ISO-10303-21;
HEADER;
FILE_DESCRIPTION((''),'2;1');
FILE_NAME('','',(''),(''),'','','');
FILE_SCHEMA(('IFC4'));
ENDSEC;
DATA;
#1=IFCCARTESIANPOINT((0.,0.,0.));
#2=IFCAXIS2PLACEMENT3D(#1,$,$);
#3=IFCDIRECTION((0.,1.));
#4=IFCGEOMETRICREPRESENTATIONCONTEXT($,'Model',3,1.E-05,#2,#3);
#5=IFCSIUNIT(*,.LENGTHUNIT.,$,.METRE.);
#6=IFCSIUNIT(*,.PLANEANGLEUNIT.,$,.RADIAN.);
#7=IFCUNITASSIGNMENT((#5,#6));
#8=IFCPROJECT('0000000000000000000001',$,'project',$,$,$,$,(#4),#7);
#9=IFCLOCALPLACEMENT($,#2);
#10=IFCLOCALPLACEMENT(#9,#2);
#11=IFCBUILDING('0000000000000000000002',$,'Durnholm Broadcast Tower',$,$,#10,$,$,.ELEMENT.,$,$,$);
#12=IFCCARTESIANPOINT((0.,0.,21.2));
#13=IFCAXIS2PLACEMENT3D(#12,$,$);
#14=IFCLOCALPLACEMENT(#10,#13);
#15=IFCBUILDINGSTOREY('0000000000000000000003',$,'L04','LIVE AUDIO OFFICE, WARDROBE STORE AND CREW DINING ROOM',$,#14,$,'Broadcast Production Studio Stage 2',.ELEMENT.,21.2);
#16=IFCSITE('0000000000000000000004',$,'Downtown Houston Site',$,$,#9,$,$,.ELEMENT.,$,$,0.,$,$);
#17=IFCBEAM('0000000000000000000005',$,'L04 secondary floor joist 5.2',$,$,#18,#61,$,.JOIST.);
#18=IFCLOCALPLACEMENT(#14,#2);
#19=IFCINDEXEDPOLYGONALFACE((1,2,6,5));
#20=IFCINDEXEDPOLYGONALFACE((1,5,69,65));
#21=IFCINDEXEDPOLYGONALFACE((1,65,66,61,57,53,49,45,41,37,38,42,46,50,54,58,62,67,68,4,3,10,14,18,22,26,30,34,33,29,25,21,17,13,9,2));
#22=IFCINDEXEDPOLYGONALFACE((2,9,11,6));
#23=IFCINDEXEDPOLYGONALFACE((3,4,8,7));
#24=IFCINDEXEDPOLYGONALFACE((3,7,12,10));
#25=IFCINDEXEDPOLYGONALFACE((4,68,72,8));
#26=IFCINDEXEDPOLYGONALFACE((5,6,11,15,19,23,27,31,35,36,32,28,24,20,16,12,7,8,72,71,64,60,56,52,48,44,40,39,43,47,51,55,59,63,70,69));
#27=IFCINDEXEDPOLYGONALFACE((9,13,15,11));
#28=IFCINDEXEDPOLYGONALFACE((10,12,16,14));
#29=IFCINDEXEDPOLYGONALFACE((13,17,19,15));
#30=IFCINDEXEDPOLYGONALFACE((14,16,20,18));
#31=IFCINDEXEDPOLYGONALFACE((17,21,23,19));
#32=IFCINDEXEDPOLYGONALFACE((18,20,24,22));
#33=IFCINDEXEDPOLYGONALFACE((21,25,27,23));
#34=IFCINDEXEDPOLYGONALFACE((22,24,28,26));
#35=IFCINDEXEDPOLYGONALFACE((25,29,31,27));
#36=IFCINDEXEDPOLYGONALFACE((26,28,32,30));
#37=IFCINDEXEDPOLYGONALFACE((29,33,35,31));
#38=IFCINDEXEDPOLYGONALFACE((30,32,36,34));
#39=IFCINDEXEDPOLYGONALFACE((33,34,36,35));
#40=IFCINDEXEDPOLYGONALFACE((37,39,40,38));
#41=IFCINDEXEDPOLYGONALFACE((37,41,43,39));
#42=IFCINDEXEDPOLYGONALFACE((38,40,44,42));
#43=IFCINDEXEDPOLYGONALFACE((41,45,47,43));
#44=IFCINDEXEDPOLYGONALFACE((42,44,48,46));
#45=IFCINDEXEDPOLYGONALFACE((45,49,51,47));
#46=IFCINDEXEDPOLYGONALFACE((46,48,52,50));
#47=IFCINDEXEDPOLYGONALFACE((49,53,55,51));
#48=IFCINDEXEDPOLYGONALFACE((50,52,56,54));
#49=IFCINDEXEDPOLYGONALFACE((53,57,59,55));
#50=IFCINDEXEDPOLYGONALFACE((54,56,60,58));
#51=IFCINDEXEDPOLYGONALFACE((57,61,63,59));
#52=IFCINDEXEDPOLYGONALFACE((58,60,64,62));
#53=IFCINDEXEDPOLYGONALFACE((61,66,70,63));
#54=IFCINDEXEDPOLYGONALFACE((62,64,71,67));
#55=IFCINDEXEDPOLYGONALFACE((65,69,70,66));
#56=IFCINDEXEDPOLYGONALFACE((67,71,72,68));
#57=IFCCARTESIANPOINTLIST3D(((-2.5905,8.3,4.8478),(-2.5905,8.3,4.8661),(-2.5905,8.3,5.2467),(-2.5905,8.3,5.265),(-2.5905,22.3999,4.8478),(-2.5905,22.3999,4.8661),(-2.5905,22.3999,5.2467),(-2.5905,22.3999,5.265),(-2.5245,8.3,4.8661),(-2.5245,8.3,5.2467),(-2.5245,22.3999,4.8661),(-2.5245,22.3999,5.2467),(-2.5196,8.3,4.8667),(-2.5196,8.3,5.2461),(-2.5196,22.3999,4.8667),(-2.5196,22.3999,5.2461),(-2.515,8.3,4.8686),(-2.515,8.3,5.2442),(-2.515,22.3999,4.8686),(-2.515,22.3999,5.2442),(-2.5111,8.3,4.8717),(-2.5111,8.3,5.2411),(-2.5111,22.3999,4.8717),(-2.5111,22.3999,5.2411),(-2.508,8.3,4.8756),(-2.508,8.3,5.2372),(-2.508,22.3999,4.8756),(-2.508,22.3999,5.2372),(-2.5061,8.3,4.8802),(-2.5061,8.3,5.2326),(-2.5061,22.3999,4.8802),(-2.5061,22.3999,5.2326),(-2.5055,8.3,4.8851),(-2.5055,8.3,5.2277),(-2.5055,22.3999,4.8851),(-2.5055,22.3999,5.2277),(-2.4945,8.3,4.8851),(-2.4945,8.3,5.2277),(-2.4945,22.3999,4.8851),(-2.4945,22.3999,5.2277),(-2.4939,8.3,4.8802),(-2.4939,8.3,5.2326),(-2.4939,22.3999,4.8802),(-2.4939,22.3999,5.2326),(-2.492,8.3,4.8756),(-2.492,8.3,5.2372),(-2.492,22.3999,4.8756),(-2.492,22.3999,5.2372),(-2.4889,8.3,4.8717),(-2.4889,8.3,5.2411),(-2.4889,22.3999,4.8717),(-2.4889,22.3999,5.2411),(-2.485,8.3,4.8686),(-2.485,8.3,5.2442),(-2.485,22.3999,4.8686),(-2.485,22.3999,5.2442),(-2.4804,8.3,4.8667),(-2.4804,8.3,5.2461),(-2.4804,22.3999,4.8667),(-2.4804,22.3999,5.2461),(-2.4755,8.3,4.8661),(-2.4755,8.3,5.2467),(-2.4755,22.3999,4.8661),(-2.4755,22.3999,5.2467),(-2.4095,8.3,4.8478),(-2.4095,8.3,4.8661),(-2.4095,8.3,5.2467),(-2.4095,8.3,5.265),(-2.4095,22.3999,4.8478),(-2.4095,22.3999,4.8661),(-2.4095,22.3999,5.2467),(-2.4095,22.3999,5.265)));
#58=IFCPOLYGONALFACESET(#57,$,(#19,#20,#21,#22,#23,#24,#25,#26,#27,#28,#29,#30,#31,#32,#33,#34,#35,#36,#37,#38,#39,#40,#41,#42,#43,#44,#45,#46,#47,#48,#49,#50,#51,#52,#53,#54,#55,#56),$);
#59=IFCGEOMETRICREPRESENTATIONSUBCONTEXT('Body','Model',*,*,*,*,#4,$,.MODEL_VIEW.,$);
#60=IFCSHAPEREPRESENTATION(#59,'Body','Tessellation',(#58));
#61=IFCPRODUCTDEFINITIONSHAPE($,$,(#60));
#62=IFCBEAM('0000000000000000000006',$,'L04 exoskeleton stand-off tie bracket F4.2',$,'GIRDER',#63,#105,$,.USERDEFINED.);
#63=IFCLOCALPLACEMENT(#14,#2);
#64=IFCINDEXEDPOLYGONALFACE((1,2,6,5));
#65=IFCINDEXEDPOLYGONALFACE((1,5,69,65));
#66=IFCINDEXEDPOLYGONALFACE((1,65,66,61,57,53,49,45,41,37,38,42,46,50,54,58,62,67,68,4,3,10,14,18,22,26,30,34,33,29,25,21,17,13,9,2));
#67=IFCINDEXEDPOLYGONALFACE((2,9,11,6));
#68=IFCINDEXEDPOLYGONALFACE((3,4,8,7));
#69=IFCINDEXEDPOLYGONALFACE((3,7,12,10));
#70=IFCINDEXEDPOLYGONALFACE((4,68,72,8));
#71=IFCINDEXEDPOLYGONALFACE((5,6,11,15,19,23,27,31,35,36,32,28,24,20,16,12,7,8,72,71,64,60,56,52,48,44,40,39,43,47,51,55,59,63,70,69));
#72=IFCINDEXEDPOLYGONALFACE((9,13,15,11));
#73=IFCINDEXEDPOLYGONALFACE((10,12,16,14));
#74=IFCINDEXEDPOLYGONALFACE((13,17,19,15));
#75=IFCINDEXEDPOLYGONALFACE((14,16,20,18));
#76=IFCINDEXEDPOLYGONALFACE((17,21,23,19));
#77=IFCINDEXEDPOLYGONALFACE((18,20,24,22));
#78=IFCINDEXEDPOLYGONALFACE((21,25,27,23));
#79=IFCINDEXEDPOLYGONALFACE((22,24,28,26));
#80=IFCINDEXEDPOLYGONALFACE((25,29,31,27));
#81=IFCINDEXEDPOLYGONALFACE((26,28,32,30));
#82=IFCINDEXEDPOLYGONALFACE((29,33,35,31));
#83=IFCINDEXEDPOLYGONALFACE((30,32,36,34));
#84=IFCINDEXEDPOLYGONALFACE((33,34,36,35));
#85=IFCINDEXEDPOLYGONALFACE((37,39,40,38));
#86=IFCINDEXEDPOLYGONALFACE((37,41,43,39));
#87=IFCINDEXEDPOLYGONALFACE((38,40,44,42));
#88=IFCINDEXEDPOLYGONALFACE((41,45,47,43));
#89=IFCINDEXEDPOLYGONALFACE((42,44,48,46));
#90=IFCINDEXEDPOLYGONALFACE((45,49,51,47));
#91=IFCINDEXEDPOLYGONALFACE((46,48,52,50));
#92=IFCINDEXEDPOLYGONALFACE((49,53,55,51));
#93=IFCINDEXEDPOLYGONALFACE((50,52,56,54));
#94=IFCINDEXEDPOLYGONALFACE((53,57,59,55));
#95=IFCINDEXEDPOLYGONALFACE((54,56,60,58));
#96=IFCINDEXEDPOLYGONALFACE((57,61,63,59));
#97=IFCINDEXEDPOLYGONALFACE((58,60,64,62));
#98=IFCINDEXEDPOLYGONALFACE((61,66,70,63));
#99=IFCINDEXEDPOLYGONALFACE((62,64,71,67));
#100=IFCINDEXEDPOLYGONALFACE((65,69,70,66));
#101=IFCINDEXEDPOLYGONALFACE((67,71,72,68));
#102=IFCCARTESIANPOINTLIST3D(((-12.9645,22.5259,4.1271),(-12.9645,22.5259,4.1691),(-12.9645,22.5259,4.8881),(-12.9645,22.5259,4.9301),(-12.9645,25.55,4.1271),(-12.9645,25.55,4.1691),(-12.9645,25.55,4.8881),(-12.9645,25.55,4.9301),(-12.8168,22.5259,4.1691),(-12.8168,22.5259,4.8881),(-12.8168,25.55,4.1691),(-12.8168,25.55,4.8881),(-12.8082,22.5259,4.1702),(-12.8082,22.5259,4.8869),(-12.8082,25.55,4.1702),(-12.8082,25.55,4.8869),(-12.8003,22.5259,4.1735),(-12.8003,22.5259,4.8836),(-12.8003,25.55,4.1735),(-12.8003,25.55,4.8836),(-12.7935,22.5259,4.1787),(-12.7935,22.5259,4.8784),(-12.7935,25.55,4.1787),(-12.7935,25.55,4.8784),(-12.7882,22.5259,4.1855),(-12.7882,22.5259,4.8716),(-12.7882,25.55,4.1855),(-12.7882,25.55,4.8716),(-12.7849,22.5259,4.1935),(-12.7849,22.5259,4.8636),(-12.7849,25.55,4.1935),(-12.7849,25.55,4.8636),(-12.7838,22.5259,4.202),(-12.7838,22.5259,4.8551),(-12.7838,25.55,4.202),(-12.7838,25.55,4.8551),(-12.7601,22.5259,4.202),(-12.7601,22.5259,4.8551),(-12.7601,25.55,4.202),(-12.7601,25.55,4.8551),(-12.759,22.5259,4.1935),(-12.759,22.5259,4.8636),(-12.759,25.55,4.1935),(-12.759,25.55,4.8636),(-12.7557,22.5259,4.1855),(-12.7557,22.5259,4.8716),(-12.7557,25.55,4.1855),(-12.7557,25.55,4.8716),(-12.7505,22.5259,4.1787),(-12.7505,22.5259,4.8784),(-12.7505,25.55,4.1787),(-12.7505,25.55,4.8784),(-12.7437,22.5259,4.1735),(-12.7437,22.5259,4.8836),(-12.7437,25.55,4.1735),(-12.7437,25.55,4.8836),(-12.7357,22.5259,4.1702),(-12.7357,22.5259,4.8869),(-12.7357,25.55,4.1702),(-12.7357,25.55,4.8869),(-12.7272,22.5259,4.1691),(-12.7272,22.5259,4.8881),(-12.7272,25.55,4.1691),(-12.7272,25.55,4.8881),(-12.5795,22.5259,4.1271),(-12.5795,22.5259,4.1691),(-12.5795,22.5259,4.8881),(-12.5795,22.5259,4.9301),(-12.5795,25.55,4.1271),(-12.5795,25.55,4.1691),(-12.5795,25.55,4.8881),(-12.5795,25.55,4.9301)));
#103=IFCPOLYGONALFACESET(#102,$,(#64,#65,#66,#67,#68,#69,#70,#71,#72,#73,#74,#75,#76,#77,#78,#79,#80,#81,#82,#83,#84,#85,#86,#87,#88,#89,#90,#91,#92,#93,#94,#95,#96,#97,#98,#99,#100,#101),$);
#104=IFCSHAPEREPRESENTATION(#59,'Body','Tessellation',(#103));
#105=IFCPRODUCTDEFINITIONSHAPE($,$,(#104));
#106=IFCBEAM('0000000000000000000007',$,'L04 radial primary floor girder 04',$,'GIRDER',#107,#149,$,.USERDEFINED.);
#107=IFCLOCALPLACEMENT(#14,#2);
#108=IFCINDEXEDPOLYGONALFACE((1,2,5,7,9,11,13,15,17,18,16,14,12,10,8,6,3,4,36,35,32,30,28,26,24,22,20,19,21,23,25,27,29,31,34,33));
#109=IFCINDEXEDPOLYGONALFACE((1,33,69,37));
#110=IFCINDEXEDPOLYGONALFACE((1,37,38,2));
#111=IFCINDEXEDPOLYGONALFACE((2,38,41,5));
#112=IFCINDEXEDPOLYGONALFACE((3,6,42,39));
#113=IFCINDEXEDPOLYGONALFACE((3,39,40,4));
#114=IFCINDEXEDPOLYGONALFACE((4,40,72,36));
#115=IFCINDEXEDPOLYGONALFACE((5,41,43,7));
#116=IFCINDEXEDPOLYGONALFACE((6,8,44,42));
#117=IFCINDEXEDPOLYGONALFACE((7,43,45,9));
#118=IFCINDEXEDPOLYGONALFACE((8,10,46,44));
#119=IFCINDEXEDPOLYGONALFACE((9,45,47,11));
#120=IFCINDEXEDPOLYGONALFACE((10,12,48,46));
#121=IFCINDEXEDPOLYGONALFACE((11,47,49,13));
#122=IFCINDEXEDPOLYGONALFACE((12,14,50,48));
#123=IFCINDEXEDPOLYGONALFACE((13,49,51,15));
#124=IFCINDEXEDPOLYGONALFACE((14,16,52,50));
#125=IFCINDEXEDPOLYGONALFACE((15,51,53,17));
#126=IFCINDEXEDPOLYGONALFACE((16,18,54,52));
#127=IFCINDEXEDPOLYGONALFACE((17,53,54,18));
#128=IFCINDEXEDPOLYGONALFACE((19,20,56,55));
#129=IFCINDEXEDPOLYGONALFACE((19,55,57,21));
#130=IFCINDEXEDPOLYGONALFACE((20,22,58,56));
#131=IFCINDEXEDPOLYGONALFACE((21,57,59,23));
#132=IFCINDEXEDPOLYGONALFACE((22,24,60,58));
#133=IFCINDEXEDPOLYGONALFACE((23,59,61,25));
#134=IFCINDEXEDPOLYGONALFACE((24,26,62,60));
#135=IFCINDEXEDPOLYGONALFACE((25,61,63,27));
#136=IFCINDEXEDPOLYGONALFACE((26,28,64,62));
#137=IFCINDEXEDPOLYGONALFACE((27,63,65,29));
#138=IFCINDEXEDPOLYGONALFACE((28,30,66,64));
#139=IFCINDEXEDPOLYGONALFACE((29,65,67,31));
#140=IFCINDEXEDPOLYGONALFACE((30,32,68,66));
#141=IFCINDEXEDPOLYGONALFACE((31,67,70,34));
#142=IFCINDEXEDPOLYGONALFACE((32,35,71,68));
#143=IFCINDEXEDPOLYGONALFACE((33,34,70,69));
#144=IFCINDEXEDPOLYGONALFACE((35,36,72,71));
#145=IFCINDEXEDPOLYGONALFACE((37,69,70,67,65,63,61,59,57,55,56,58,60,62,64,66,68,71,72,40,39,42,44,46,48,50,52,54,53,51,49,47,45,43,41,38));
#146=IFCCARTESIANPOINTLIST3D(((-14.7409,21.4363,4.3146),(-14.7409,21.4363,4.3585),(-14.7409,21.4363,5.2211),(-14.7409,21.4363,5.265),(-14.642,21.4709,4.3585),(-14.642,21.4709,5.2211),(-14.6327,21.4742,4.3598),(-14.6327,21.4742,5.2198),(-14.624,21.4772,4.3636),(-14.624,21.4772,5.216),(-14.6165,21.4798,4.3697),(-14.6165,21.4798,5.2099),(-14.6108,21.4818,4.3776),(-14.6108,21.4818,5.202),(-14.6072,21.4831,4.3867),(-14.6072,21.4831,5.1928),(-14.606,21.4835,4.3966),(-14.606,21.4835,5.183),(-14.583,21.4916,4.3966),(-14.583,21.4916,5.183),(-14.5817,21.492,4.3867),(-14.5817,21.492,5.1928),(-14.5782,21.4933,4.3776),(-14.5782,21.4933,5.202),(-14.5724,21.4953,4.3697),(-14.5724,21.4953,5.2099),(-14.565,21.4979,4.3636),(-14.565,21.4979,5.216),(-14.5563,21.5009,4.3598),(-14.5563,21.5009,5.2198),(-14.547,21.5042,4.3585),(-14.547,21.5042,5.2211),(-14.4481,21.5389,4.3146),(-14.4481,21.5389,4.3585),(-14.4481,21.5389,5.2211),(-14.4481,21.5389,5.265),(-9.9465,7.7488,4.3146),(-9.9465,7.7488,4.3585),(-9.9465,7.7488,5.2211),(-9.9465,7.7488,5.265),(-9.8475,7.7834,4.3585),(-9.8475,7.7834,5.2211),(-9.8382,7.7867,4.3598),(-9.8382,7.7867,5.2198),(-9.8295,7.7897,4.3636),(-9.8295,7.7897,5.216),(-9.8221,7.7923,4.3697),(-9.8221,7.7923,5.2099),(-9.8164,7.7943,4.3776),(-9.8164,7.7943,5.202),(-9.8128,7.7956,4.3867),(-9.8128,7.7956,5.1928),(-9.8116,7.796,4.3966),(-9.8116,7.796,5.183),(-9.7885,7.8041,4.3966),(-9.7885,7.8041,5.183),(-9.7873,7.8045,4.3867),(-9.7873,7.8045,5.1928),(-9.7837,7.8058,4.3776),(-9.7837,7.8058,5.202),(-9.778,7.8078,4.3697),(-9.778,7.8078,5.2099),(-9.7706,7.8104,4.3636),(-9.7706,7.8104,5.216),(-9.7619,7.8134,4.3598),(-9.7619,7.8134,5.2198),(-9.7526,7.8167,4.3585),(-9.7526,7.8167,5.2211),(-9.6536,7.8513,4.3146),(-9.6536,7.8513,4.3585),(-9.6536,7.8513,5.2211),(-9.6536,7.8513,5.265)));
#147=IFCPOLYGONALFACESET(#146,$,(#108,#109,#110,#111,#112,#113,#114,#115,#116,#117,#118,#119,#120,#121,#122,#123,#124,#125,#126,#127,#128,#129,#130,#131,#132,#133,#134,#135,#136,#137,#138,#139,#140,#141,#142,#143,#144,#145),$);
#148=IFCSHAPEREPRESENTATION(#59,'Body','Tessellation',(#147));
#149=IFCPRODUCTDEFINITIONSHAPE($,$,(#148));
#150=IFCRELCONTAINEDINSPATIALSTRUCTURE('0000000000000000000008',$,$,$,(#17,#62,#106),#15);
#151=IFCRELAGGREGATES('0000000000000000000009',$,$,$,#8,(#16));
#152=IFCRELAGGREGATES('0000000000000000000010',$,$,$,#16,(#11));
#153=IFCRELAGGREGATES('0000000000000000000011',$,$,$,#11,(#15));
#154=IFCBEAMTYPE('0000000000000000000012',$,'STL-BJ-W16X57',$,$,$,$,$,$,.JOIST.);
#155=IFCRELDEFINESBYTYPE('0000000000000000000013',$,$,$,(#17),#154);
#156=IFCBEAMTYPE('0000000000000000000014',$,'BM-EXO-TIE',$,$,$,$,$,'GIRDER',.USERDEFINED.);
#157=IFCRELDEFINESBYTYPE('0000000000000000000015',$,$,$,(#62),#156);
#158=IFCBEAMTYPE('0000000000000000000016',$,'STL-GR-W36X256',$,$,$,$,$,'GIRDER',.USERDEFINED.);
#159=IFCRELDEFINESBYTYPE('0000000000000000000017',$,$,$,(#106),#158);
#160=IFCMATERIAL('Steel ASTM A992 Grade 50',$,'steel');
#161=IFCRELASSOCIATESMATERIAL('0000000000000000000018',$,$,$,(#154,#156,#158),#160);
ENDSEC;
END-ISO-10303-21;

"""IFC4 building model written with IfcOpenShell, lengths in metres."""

from ifc_helpers import new_model, si_unit, direction, frame, origin, origin_2d, place, context, subcontext, project, spatial, i_section, extrude, source, transform, mapped, material, material_profile, profile_set, type_object, type_shapes, element, save


model = new_model("IFC4")

# Units and contexts
model_context = context("Model", 3, precision=1e-05, world=origin(), true_north=direction((0.0, 1.0)))
body_context = subcontext(model_context, "Body", "Model", "MODEL_VIEW")
ifc_project = project(units=[si_unit("LENGTHUNIT", "METRE"), si_unit("PLANEANGLEUNIT", "RADIAN")], contexts=[model_context])

# Site, building, storey
site_placement = place(None, origin())
site = spatial("IfcSite", under=ifc_project, at=site_placement, Name="Downtown Houston Site", CompositionType="ELEMENT", RefElevation=0.0)
building_placement = place(site_placement, origin())
building = spatial("IfcBuilding", under=site, at=building_placement, Name="Durnholm Broadcast Tower", CompositionType="ELEMENT")
storey_placement = place(building_placement, frame((0.0, 0.0, 21.2)))
storey = spatial("IfcBuildingStorey", under=building, at=storey_placement, Name="L04", Description="LIVE AUDIO OFFICE, WARDROBE STORE AND CREW DINING ROOM", LongName="Broadcast Production Studio Stage 2", CompositionType="ELEMENT", Elevation=21.2)

# Beams
ifc_material_1 = material(Name="Steel ASTM A992 Grade 50", Category="steel")
ifc_material_profile_1 = material_profile(ifc_material_1, i_section(OverallWidth=0.1809, OverallDepth=0.4172, WebThickness=0.011, FlangeThickness=0.0183, FilletRadius=0.019, at=origin_2d()), Name="W16X57")
ifc_profile_set_1 = profile_set([ifc_material_profile_1], Name="Steel ASTM A992 Grade 50")
beam_type_1 = type_object("IfcBeamType", Name="STL-BJ-W16X57", PredefinedType="JOIST", material=ifc_profile_set_1)
shared_shape_1 = source(origin(), body_context, "Body", "SweptSolid", [
    extrude(i_section(OverallWidth=0.1809, OverallDepth=0.4172, WebThickness=0.011, FlangeThickness=0.0183, FilletRadius=0.019, at=origin_2d()), origin(), (0.0, 0.0, 1.0), 14.0999),
])
type_shapes(beam_type_1, [shared_shape_1])
for number, where, z_axis, x_axis, name in (
    (1, (-2.5, 8.3, 5.0564), (0.0, 1.0, 0.0), (-1.0, 0.0, 0.0), "L04 secondary floor joist 5.2"),
):
    element("IfcBeam", number, at=place(storey_placement, frame(where, z_axis=z_axis, x_axis=x_axis)), inside=storey, type_object=beam_type_1, Name=name, PredefinedType="JOIST", context=body_context, shape_type="MappedRepresentation", body=[
        mapped(shared_shape_1, transform((0.0, 0.0, 0.0), x_axis=(1.0, 0.0, 0.0), y_axis=(0.0, 1.0, 0.0), z_axis=(0.0, 0.0, 1.0), scale=1.0)),
    ])
ifc_material_profile_2 = material_profile(ifc_material_1, i_section(OverallWidth=0.385, OverallDepth=0.803, WebThickness=0.0237, FlangeThickness=0.042, FilletRadius=0.033, at=origin_2d()), Name="W30X261")
ifc_profile_set_2 = profile_set([ifc_material_profile_2], Name="Steel ASTM A992 Grade 50")
beam_type_2 = type_object("IfcBeamType", Name="BM-EXO-TIE", ElementType="GIRDER", PredefinedType="USERDEFINED", material=ifc_profile_set_2)
shared_shape_2 = source(origin(), body_context, "Body", "SweptSolid", [
    extrude(i_section(OverallWidth=0.385, OverallDepth=0.803, WebThickness=0.0237, FlangeThickness=0.042, FilletRadius=0.033, at=origin_2d()), origin(), (0.0, 0.0, 1.0), 3.0242),
])
type_shapes(beam_type_2, [shared_shape_2])
beam_1_placement = place(storey_placement, frame((-12.772, 22.5259, 4.5286), z_axis=(0.0, 1.0, 0.0), x_axis=(-1.0, 0.0, 0.0)))
element("IfcBeam", 2, at=beam_1_placement, inside=storey, type_object=beam_type_2, Name="L04 exoskeleton stand-off tie bracket F4.2", ObjectType="GIRDER", PredefinedType="USERDEFINED", context=body_context, shape_type="MappedRepresentation", body=[
    mapped(shared_shape_2, transform((0.0, 0.0, 0.0), x_axis=(1.0, 0.0, 0.0), y_axis=(0.0, 1.0, 0.0), z_axis=(0.0, 0.0, 1.0), scale=1.0)),
])
ifc_material_profile_3 = material_profile(ifc_material_1, i_section(OverallWidth=0.3103, OverallDepth=0.9504, WebThickness=0.0244, FlangeThickness=0.0439, FilletRadius=0.0381, at=origin_2d()), Name="W36X256")
ifc_profile_set_3 = profile_set([ifc_material_profile_3], Name="Steel ASTM A992 Grade 50")
beam_type_3 = type_object("IfcBeamType", Name="STL-GR-W36X256", ElementType="GIRDER", PredefinedType="USERDEFINED", material=ifc_profile_set_3)
shared_shape_3 = source(origin(), body_context, "Body", "SweptSolid", [
    extrude(i_section(OverallWidth=0.3103, OverallDepth=0.9504, WebThickness=0.0244, FlangeThickness=0.0439, FilletRadius=0.0381, at=origin_2d()), origin(), (0.0, 0.0, 1.0), 14.5029),
])
beam_2_placement = place(storey_placement, frame((-9.8, 7.8, 4.7898), z_axis=(-0.330584, 0.943776, 0.0), x_axis=(-0.943776, -0.330584, 0.0)))
element("IfcBeam", 3, at=beam_2_placement, inside=storey, type_object=beam_type_3, Name="L04 radial primary floor girder 04", ObjectType="GIRDER", PredefinedType="USERDEFINED", context=body_context, shape_type="MappedRepresentation", body=[
    mapped(shared_shape_3, transform((0.0, 0.0, 0.0), x_axis=(1.0, 0.0, 0.0), y_axis=(0.0, 1.0, 0.0), z_axis=(0.0, 0.0, 1.0), scale=1.0)),
])

save(model, "model.ifc")
